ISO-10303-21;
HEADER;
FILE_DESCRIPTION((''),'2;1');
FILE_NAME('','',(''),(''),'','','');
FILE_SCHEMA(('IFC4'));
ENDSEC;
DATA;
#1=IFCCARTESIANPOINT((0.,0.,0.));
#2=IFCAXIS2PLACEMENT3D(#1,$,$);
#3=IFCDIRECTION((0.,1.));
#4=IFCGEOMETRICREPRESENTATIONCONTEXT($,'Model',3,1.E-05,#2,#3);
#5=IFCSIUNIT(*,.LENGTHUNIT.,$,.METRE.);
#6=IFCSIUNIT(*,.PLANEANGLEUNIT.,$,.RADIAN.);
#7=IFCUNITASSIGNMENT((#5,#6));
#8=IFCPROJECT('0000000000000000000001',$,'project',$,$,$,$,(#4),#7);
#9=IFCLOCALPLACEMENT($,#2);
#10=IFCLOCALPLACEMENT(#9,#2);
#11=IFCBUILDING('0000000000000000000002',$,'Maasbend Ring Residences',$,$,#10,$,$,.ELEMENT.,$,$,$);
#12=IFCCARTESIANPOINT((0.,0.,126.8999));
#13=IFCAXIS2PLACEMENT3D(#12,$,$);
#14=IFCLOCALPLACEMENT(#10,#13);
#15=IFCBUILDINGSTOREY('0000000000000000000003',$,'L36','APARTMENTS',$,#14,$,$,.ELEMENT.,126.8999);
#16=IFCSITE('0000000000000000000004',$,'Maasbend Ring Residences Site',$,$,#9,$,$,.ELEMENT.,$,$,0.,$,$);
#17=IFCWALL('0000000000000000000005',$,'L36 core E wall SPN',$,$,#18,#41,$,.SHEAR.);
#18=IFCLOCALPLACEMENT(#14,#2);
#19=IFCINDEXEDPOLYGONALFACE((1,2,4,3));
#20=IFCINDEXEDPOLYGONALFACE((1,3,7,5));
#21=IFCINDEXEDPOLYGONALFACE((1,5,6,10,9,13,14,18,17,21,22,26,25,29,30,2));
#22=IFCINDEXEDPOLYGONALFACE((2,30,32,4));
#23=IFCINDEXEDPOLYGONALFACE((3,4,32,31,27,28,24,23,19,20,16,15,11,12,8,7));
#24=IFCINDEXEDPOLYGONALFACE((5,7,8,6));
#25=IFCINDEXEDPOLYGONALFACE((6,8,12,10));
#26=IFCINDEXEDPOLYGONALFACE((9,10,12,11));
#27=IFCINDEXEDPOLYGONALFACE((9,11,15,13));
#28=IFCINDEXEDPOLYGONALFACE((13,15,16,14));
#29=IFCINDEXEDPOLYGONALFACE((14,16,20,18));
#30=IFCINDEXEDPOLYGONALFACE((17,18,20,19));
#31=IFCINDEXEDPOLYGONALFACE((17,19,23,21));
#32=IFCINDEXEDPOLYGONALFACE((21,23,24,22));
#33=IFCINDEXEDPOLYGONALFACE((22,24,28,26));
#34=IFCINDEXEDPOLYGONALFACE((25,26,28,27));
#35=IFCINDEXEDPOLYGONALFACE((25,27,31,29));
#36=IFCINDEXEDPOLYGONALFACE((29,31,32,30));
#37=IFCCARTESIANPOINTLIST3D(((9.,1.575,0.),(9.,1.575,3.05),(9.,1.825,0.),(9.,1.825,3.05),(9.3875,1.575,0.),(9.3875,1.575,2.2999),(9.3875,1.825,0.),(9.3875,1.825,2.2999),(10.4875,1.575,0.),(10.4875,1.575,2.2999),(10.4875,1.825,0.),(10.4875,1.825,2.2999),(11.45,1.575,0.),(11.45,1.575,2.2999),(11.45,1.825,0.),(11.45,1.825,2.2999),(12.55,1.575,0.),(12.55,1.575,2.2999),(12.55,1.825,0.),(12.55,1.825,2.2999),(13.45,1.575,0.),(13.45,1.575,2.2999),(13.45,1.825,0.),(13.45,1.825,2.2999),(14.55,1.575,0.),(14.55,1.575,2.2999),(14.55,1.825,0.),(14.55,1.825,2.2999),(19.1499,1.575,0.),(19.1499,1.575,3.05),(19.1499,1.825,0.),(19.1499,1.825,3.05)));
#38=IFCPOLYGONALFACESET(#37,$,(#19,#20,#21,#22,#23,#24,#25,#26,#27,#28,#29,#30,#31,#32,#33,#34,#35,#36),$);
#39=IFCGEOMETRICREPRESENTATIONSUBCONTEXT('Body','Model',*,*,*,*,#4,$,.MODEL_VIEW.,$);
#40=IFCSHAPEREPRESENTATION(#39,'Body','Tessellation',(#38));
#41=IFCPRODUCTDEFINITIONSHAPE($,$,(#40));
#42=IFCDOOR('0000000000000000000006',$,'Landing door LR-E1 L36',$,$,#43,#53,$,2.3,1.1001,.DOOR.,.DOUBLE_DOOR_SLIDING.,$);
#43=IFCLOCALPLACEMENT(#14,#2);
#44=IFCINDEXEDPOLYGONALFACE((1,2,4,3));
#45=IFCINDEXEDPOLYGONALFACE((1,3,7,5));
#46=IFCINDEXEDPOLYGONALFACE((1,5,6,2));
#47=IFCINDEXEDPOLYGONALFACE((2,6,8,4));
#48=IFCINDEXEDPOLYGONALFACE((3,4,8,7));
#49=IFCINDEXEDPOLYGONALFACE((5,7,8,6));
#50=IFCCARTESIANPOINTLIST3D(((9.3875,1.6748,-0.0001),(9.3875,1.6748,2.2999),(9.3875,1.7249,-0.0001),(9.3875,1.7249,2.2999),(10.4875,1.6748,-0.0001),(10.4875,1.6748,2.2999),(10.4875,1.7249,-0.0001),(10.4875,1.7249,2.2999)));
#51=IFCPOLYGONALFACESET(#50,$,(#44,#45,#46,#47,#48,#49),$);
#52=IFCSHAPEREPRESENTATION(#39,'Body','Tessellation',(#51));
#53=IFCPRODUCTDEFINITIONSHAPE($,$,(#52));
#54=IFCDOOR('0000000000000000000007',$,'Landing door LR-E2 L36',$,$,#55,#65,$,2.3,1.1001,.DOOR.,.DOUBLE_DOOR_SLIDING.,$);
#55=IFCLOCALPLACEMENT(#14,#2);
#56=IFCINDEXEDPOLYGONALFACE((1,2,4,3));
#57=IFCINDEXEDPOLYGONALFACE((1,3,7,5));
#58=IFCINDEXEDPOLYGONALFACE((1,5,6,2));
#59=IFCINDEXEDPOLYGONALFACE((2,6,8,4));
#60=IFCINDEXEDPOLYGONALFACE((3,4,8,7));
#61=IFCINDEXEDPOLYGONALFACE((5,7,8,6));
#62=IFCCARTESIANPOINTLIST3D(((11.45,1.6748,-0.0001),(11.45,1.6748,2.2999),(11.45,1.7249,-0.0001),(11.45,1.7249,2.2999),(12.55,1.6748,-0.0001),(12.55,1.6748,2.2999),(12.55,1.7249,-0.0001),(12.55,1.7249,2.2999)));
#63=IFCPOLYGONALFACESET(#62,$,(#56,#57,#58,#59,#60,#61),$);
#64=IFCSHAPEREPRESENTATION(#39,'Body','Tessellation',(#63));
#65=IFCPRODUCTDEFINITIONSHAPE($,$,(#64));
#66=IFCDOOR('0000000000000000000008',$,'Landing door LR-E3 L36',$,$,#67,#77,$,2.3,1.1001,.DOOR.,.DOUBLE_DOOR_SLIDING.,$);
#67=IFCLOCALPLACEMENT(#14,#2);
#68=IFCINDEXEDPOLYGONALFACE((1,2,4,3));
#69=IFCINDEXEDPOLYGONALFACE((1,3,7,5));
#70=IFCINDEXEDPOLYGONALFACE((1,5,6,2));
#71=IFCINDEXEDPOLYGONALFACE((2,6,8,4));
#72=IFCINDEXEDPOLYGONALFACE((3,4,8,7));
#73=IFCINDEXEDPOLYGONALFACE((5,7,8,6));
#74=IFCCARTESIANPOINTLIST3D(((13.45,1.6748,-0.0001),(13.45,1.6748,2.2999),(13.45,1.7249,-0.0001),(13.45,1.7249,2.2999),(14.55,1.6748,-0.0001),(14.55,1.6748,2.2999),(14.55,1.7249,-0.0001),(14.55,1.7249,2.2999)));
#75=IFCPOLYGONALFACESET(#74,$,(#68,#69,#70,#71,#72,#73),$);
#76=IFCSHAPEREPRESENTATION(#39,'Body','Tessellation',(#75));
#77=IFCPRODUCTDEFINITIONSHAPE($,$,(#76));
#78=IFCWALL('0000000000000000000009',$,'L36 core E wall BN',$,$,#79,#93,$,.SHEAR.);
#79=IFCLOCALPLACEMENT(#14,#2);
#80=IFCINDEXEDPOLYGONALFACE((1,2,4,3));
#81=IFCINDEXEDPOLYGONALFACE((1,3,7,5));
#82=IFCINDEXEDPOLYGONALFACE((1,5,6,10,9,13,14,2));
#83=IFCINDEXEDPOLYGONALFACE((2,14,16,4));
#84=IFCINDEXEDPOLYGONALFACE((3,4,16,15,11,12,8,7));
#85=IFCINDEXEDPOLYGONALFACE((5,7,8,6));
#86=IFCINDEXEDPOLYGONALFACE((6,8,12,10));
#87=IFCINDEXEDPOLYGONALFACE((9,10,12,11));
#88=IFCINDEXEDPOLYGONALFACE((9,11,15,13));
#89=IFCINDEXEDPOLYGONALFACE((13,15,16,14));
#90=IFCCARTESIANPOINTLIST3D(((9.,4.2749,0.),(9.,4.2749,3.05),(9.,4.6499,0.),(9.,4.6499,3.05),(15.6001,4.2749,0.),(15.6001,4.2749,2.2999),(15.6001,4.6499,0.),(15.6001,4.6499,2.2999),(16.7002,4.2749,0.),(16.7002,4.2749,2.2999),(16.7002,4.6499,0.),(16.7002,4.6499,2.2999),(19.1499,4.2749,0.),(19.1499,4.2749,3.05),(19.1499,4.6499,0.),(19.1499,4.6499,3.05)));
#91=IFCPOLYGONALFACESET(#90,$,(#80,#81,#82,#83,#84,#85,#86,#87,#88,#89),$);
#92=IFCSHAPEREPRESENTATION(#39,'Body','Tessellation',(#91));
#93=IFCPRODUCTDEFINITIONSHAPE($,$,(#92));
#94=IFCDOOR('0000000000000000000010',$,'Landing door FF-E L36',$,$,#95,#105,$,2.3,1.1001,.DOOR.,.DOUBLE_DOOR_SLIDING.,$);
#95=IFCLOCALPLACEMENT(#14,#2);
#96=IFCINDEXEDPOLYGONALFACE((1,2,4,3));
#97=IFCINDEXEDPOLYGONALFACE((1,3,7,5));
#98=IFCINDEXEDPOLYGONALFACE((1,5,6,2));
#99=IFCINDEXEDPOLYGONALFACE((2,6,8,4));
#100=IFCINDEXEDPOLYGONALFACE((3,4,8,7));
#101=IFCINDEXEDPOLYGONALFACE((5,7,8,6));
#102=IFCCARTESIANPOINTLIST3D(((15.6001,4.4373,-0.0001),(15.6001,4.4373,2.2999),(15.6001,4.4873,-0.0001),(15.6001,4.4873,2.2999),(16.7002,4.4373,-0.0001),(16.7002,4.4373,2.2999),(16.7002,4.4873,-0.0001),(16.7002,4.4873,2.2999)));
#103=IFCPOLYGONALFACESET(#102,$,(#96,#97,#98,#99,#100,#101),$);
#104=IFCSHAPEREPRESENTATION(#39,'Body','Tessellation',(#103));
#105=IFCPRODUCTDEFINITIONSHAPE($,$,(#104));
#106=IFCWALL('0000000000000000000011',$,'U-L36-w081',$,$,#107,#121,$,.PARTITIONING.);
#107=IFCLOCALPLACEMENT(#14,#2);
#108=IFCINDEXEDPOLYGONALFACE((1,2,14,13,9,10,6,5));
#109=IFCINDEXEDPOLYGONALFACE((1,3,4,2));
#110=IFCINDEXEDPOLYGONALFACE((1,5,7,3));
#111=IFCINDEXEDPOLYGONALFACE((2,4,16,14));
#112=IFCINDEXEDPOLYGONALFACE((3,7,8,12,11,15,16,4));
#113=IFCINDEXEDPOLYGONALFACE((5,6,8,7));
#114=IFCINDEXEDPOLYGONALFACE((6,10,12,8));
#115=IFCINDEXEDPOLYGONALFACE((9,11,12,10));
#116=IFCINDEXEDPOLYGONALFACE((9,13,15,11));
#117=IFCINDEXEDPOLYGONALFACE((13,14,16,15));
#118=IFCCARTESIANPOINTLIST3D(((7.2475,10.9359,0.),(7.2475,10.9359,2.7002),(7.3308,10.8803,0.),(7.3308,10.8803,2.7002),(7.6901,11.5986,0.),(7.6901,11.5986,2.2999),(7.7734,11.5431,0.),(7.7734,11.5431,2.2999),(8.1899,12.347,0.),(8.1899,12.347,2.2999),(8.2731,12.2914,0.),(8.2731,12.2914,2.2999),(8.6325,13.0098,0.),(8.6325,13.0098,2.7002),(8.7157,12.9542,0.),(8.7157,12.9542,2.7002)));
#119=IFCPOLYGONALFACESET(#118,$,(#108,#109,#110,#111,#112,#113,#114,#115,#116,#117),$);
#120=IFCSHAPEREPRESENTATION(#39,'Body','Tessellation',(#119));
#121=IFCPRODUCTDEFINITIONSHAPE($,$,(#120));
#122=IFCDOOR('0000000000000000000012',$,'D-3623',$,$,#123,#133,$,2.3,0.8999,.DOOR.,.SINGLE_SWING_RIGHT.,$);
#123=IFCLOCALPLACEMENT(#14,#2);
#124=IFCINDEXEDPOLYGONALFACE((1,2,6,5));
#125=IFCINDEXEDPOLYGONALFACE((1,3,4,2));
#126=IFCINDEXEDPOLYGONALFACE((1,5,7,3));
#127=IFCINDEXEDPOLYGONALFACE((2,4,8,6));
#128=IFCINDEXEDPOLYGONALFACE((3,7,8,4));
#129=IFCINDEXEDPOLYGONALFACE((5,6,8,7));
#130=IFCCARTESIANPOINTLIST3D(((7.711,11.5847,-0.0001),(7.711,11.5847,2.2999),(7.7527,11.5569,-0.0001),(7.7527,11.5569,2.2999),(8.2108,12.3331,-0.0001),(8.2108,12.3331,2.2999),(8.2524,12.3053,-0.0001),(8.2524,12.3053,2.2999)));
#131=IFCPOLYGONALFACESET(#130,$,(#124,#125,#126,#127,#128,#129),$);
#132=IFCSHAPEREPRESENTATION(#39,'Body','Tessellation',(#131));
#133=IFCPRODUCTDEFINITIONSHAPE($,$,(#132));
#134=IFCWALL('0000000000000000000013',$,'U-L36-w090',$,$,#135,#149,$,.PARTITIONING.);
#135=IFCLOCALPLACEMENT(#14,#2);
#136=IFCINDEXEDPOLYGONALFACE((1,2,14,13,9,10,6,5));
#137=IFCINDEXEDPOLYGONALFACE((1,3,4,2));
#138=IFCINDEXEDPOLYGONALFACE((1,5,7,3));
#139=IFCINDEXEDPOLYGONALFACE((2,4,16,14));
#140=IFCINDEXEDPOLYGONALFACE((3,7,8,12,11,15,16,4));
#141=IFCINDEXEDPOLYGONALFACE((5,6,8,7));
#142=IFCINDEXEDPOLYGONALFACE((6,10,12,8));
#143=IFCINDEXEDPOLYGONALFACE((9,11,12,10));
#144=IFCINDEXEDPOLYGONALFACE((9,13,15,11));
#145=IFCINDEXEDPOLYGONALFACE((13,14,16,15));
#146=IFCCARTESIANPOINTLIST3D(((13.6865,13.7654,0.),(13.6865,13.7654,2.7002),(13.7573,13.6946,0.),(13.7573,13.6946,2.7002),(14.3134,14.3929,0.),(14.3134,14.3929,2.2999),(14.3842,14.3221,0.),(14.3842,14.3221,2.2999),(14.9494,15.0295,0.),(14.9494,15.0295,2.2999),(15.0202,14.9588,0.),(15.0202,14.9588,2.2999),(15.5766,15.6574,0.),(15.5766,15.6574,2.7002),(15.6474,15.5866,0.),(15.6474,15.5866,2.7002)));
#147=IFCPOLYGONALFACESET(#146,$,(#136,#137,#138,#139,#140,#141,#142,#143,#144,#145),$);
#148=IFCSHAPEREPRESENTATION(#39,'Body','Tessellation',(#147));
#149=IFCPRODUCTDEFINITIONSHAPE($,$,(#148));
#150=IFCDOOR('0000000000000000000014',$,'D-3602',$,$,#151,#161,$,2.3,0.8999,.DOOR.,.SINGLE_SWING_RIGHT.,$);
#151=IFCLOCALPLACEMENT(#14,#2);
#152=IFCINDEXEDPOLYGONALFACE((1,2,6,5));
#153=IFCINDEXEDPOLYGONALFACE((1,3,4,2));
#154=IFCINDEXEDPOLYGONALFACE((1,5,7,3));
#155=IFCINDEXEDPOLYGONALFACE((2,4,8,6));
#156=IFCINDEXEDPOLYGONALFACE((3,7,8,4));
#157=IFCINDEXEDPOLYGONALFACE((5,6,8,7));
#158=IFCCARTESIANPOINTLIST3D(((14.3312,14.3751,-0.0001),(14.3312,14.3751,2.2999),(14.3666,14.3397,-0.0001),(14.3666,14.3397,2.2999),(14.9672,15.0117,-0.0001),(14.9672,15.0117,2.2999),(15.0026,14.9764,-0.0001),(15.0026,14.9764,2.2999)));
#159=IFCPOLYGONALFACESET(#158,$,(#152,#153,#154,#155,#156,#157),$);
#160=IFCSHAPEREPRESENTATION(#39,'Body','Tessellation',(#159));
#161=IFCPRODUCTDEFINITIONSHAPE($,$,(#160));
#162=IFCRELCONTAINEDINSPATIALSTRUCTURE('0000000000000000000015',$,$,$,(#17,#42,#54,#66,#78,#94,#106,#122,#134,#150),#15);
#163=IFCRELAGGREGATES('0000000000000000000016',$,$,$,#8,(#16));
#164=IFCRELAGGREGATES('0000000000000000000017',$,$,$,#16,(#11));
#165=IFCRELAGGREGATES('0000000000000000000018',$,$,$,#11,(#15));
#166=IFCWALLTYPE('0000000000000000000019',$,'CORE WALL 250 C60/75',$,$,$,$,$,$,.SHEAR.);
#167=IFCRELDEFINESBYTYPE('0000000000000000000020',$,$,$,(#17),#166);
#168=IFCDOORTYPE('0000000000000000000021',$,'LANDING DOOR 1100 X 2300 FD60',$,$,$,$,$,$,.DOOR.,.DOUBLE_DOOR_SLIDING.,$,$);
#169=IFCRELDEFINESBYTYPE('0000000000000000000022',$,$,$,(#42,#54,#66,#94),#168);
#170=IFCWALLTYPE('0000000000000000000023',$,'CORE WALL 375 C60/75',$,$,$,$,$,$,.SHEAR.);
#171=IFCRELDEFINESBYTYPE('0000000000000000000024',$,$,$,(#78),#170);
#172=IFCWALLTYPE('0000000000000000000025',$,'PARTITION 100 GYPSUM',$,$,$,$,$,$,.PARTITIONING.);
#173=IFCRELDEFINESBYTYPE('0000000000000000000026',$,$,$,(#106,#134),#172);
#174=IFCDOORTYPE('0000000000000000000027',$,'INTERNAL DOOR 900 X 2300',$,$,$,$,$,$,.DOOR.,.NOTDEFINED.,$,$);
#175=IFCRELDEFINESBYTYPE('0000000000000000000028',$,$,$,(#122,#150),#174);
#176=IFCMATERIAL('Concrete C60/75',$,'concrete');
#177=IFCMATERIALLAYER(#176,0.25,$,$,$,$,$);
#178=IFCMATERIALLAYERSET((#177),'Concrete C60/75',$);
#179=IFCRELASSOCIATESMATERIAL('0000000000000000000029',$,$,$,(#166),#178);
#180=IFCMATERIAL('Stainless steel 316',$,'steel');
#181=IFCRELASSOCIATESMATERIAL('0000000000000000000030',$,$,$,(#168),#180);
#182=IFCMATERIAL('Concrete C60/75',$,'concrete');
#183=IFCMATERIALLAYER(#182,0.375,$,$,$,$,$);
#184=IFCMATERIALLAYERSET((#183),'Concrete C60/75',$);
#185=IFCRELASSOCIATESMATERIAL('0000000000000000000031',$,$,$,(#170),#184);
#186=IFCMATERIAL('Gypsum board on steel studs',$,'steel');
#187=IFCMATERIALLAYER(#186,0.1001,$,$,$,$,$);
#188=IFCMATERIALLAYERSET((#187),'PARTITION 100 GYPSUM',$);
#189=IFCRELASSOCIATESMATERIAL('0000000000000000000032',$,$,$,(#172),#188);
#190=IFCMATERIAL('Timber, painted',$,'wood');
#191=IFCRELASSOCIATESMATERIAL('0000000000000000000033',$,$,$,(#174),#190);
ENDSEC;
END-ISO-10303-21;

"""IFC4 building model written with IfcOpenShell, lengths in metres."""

from ifc_helpers import new_model, si_unit, direction, frame, frame_2d, origin, place, context, subcontext, project, spatial, rectangle, extrude, material, layer, layer_set, type_object, element, fill, save


model = new_model("IFC4")

# Units and contexts
model_context = context("Model", 3, precision=1e-05, world=origin(), true_north=direction((0.0, 1.0)))
body_context = subcontext(model_context, "Body", "Model", "MODEL_VIEW")
ifc_project = project(units=[si_unit("LENGTHUNIT", "METRE"), si_unit("PLANEANGLEUNIT", "RADIAN")], contexts=[model_context])

# Site, building, storey
site_placement = place(None, origin())
site = spatial("IfcSite", under=ifc_project, at=site_placement, Name="Maasbend Ring Residences Site", CompositionType="ELEMENT", RefElevation=0.0)
building_placement = place(site_placement, origin())
building = spatial("IfcBuilding", under=site, at=building_placement, Name="Maasbend Ring Residences", CompositionType="ELEMENT")
storey_placement = place(building_placement, frame((0.0, 0.0, 126.8999)))
storey = spatial("IfcBuildingStorey", under=building, at=storey_placement, Name="L36", Description="APARTMENTS", CompositionType="ELEMENT", Elevation=126.8999)

# Wall, openings, doors
ifc_material_1 = material(Name="Concrete C60/75", Category="concrete")
ifc_layer_1 = layer(ifc_material_1, 0.25)
ifc_layer_set_1 = layer_set([ifc_layer_1], Name="Concrete C60/75")
wall_type_1 = type_object("IfcWallType", Name="CORE WALL 250 C60/75", PredefinedType="SHEAR", material=ifc_layer_set_1)
wall_1_placement = place(storey_placement, frame((9.0, 1.7, 0.0), z_axis=(0.0, 0.0, 1.0), x_axis=(1.0, 0.0, 0.0)))
wall_1 = element("IfcWall", 1, at=wall_1_placement, inside=storey, type_object=wall_type_1, Name="L36 core E wall SPN", PredefinedType="SHEAR", context=body_context, shape_type="SweptSolid", body=[
    extrude(rectangle(XDim=10.1499, YDim=0.25, at=frame_2d((5.075, 0.0))), origin(), (0.0, 0.0, 1.0), 3.05),
])
opening_1_placement = place(wall_1_placement, frame((0.3875, 0.0, 0.0)))
opening_1 = element("IfcOpeningElement", 2, at=opening_1_placement, cuts=wall_1, PredefinedType="OPENING", context=body_context, shape_type="SweptSolid", body=[
    extrude(rectangle(XDim=1.1001, YDim=2.3, at=frame_2d((0.55, 1.1499))), frame((0.0, 0.135, 0.0), z_axis=(0.0, -1.0, 0.0), x_axis=(1.0, 0.0, 0.0)), (0.0, 0.0, 1.0), 0.27),
])
opening_2_placement = place(wall_1_placement, frame((2.45, 0.0, 0.0)))
opening_2 = element("IfcOpeningElement", 3, at=opening_2_placement, cuts=wall_1, PredefinedType="OPENING", context=body_context, shape_type="SweptSolid", body=[
    extrude(rectangle(XDim=1.1001, YDim=2.3, at=frame_2d((0.55, 1.1499))), frame((0.0, 0.135, 0.0), z_axis=(0.0, -1.0, 0.0), x_axis=(1.0, 0.0, 0.0)), (0.0, 0.0, 1.0), 0.27),
])
opening_3_placement = place(wall_1_placement, frame((4.45, 0.0, 0.0)))
opening_3 = element("IfcOpeningElement", 4, at=opening_3_placement, cuts=wall_1, PredefinedType="OPENING", context=body_context, shape_type="SweptSolid", body=[
    extrude(rectangle(XDim=1.1001, YDim=2.3, at=frame_2d((0.55, 1.1499))), frame((0.0, 0.135, 0.0), z_axis=(0.0, -1.0, 0.0), x_axis=(1.0, 0.0, 0.0)), (0.0, 0.0, 1.0), 0.27),
])
ifc_material_2 = material(Name="Stainless steel 316", Category="steel")
door_type_1 = type_object("IfcDoorType", Name="LANDING DOOR 1100 X 2300 FD60", OperationType="DOUBLE_DOOR_SLIDING", PredefinedType="DOOR", material=ifc_material_2)
door_1_placement = place(opening_1_placement, origin())
door_1 = element("IfcDoor", 5, at=door_1_placement, inside=storey, type_object=door_type_1, Name="Landing door LR-E1 L36", OperationType="DOUBLE_DOOR_SLIDING", OverallHeight=2.3, OverallWidth=1.1001, PredefinedType="DOOR", context=body_context, shape_type="SweptSolid", body=[
    extrude(rectangle(XDim=1.1001, YDim=2.3, at=frame_2d((0.55, 1.1499))), frame((0.0, 0.0249, 0.0), z_axis=(0.0, -1.0, 0.0), x_axis=(1.0, 0.0, 0.0)), (0.0, 0.0, 1.0), 0.05),
])
fill(opening_1, door_1)
door_2_placement = place(opening_2_placement, origin())
door_2 = element("IfcDoor", 6, at=door_2_placement, inside=storey, type_object=door_type_1, Name="Landing door LR-E2 L36", OperationType="DOUBLE_DOOR_SLIDING", OverallHeight=2.3, OverallWidth=1.1001, PredefinedType="DOOR", context=body_context, shape_type="SweptSolid", body=[
    extrude(rectangle(XDim=1.1001, YDim=2.3, at=frame_2d((0.55, 1.1499))), frame((0.0, 0.0249, 0.0), z_axis=(0.0, -1.0, 0.0), x_axis=(1.0, 0.0, 0.0)), (0.0, 0.0, 1.0), 0.05),
])
fill(opening_2, door_2)
door_3_placement = place(opening_3_placement, origin())
door_3 = element("IfcDoor", 7, at=door_3_placement, inside=storey, type_object=door_type_1, Name="Landing door LR-E3 L36", OperationType="DOUBLE_DOOR_SLIDING", OverallHeight=2.3, OverallWidth=1.1001, PredefinedType="DOOR", context=body_context, shape_type="SweptSolid", body=[
    extrude(rectangle(XDim=1.1001, YDim=2.3, at=frame_2d((0.55, 1.1499))), frame((0.0, 0.0249, 0.0), z_axis=(0.0, -1.0, 0.0), x_axis=(1.0, 0.0, 0.0)), (0.0, 0.0, 1.0), 0.05),
])
fill(opening_3, door_3)

# Walls, openings, doors
ifc_material_3 = material(Name="Concrete C60/75", Category="concrete")
ifc_layer_2 = layer(ifc_material_3, 0.375)
ifc_layer_set_2 = layer_set([ifc_layer_2], Name="Concrete C60/75")
wall_type_2 = type_object("IfcWallType", Name="CORE WALL 375 C60/75", PredefinedType="SHEAR", material=ifc_layer_set_2)
wall_2_placement = place(storey_placement, frame((9.0, 4.4624, 0.0), z_axis=(0.0, 0.0, 1.0), x_axis=(1.0, 0.0, 0.0)))
wall_2 = element("IfcWall", 8, at=wall_2_placement, inside=storey, type_object=wall_type_2, Name="L36 core E wall BN", PredefinedType="SHEAR", context=body_context, shape_type="SweptSolid", body=[
    extrude(rectangle(XDim=10.1499, YDim=0.375, at=frame_2d((5.075, 0.0))), origin(), (0.0, 0.0, 1.0), 3.05),
])
opening_4_placement = place(wall_2_placement, frame((6.6001, 0.0, 0.0)))
opening_4 = element("IfcOpeningElement", 9, at=opening_4_placement, cuts=wall_2, PredefinedType="OPENING", context=body_context, shape_type="SweptSolid", body=[
    extrude(rectangle(XDim=1.1001, YDim=2.3, at=frame_2d((0.55, 1.1499))), frame((0.0, 0.1975, 0.0), z_axis=(0.0, -1.0, 0.0), x_axis=(1.0, 0.0, 0.0)), (0.0, 0.0, 1.0), 0.395),
])
door_4_placement = place(opening_4_placement, origin())
door_4 = element("IfcDoor", 10, at=door_4_placement, inside=storey, type_object=door_type_1, Name="Landing door FF-E L36", OperationType="DOUBLE_DOOR_SLIDING", OverallHeight=2.3, OverallWidth=1.1001, PredefinedType="DOOR", context=body_context, shape_type="SweptSolid", body=[
    extrude(rectangle(XDim=1.1001, YDim=2.3, at=frame_2d((0.55, 1.1499))), frame((0.0, 0.0249, 0.0), z_axis=(0.0, -1.0, 0.0), x_axis=(1.0, 0.0, 0.0)), (0.0, 0.0, 1.0), 0.05),
])
fill(opening_4, door_4)
ifc_material_4 = material(Name="Gypsum board on steel studs", Category="steel")
ifc_layer_3 = layer(ifc_material_4, 0.1001)
ifc_layer_set_3 = layer_set([ifc_layer_3], Name="PARTITION 100 GYPSUM")
wall_type_3 = type_object("IfcWallType", Name="PARTITION 100 GYPSUM", PredefinedType="PARTITIONING", material=ifc_layer_set_3)
wall_3_placement = place(storey_placement, frame((7.2891, 10.908, 0.0), z_axis=(0.0, 0.0, 1.0), x_axis=(0.555355, 0.831613, 0.0)))
wall_3 = element("IfcWall", 11, at=wall_3_placement, inside=storey, type_object=wall_type_3, Name="U-L36-w081", PredefinedType="PARTITIONING", context=body_context, shape_type="SweptSolid", body=[
    extrude(rectangle(XDim=2.4939, YDim=0.1001, at=frame_2d((1.2471, 0.0))), origin(), (0.0, 0.0, 1.0), 2.7002),
])
opening_5_placement = place(wall_3_placement, frame((0.7971, 0.0, 0.0)))
opening_5 = element("IfcOpeningElement", 12, at=opening_5_placement, cuts=wall_3, PredefinedType="OPENING", context=body_context, shape_type="SweptSolid", body=[
    extrude(rectangle(XDim=0.8999, YDim=2.3, at=frame_2d((0.45, 1.1499))), frame((0.0, 0.0601, 0.0), z_axis=(0.0, -1.0, 0.0), x_axis=(1.0, 0.0, 0.0)), (0.0, 0.0, 1.0), 0.1201),
])
ifc_material_5 = material(Name="Timber, painted", Category="wood")
door_type_2 = type_object("IfcDoorType", Name="INTERNAL DOOR 900 X 2300", OperationType="NOTDEFINED", PredefinedType="DOOR", material=ifc_material_5)
door_5_placement = place(opening_5_placement, origin())
door_5 = element("IfcDoor", 13, at=door_5_placement, inside=storey, type_object=door_type_2, Name="D-3623", OperationType="SINGLE_SWING_RIGHT", OverallHeight=2.3, OverallWidth=0.8999, PredefinedType="DOOR", context=body_context, shape_type="SweptSolid", body=[
    extrude(rectangle(XDim=0.8999, YDim=2.3, at=frame_2d((0.45, 1.1499))), frame((0.0, 0.0249, 0.0), z_axis=(0.0, -1.0, 0.0), x_axis=(1.0, 0.0, 0.0)), (0.0, 0.0, 1.0), 0.05),
])
fill(opening_5, door_5)
wall_4_placement = place(storey_placement, frame((13.7219, 13.73, 0.0), z_axis=(0.0, 0.0, 1.0), x_axis=(0.706742, 0.707472, 0.0)))
wall_4 = element("IfcWall", 14, at=wall_4_placement, inside=storey, type_object=wall_type_3, Name="U-L36-w090", PredefinedType="PARTITIONING", context=body_context, shape_type="SweptSolid", body=[
    extrude(rectangle(XDim=2.6743, YDim=0.1001, at=frame_2d((1.3372, 0.0))), origin(), (0.0, 0.0, 1.0), 2.7002),
])
opening_6_placement = place(wall_4_placement, frame((0.887, 0.0, 0.0)))
opening_6 = element("IfcOpeningElement", 15, at=opening_6_placement, cuts=wall_4, PredefinedType="OPENING", context=body_context, shape_type="SweptSolid", body=[
    extrude(rectangle(XDim=0.8999, YDim=2.3, at=frame_2d((0.45, 1.1499))), frame((0.0, 0.0601, 0.0), z_axis=(0.0, -1.0, 0.0), x_axis=(1.0, 0.0, 0.0)), (0.0, 0.0, 1.0), 0.1201),
])
door_6_placement = place(opening_6_placement, origin())
door_6 = element("IfcDoor", 16, at=door_6_placement, inside=storey, type_object=door_type_2, Name="D-3602", OperationType="SINGLE_SWING_RIGHT", OverallHeight=2.3, OverallWidth=0.8999, PredefinedType="DOOR", context=body_context, shape_type="SweptSolid", body=[
    extrude(rectangle(XDim=0.8999, YDim=2.3, at=frame_2d((0.45, 1.1499))), frame((0.0, 0.0249, 0.0), z_axis=(0.0, -1.0, 0.0), x_axis=(1.0, 0.0, 0.0)), (0.0, 0.0, 1.0), 0.05),
])
fill(opening_6, door_6)

save(model, "model.ifc")
